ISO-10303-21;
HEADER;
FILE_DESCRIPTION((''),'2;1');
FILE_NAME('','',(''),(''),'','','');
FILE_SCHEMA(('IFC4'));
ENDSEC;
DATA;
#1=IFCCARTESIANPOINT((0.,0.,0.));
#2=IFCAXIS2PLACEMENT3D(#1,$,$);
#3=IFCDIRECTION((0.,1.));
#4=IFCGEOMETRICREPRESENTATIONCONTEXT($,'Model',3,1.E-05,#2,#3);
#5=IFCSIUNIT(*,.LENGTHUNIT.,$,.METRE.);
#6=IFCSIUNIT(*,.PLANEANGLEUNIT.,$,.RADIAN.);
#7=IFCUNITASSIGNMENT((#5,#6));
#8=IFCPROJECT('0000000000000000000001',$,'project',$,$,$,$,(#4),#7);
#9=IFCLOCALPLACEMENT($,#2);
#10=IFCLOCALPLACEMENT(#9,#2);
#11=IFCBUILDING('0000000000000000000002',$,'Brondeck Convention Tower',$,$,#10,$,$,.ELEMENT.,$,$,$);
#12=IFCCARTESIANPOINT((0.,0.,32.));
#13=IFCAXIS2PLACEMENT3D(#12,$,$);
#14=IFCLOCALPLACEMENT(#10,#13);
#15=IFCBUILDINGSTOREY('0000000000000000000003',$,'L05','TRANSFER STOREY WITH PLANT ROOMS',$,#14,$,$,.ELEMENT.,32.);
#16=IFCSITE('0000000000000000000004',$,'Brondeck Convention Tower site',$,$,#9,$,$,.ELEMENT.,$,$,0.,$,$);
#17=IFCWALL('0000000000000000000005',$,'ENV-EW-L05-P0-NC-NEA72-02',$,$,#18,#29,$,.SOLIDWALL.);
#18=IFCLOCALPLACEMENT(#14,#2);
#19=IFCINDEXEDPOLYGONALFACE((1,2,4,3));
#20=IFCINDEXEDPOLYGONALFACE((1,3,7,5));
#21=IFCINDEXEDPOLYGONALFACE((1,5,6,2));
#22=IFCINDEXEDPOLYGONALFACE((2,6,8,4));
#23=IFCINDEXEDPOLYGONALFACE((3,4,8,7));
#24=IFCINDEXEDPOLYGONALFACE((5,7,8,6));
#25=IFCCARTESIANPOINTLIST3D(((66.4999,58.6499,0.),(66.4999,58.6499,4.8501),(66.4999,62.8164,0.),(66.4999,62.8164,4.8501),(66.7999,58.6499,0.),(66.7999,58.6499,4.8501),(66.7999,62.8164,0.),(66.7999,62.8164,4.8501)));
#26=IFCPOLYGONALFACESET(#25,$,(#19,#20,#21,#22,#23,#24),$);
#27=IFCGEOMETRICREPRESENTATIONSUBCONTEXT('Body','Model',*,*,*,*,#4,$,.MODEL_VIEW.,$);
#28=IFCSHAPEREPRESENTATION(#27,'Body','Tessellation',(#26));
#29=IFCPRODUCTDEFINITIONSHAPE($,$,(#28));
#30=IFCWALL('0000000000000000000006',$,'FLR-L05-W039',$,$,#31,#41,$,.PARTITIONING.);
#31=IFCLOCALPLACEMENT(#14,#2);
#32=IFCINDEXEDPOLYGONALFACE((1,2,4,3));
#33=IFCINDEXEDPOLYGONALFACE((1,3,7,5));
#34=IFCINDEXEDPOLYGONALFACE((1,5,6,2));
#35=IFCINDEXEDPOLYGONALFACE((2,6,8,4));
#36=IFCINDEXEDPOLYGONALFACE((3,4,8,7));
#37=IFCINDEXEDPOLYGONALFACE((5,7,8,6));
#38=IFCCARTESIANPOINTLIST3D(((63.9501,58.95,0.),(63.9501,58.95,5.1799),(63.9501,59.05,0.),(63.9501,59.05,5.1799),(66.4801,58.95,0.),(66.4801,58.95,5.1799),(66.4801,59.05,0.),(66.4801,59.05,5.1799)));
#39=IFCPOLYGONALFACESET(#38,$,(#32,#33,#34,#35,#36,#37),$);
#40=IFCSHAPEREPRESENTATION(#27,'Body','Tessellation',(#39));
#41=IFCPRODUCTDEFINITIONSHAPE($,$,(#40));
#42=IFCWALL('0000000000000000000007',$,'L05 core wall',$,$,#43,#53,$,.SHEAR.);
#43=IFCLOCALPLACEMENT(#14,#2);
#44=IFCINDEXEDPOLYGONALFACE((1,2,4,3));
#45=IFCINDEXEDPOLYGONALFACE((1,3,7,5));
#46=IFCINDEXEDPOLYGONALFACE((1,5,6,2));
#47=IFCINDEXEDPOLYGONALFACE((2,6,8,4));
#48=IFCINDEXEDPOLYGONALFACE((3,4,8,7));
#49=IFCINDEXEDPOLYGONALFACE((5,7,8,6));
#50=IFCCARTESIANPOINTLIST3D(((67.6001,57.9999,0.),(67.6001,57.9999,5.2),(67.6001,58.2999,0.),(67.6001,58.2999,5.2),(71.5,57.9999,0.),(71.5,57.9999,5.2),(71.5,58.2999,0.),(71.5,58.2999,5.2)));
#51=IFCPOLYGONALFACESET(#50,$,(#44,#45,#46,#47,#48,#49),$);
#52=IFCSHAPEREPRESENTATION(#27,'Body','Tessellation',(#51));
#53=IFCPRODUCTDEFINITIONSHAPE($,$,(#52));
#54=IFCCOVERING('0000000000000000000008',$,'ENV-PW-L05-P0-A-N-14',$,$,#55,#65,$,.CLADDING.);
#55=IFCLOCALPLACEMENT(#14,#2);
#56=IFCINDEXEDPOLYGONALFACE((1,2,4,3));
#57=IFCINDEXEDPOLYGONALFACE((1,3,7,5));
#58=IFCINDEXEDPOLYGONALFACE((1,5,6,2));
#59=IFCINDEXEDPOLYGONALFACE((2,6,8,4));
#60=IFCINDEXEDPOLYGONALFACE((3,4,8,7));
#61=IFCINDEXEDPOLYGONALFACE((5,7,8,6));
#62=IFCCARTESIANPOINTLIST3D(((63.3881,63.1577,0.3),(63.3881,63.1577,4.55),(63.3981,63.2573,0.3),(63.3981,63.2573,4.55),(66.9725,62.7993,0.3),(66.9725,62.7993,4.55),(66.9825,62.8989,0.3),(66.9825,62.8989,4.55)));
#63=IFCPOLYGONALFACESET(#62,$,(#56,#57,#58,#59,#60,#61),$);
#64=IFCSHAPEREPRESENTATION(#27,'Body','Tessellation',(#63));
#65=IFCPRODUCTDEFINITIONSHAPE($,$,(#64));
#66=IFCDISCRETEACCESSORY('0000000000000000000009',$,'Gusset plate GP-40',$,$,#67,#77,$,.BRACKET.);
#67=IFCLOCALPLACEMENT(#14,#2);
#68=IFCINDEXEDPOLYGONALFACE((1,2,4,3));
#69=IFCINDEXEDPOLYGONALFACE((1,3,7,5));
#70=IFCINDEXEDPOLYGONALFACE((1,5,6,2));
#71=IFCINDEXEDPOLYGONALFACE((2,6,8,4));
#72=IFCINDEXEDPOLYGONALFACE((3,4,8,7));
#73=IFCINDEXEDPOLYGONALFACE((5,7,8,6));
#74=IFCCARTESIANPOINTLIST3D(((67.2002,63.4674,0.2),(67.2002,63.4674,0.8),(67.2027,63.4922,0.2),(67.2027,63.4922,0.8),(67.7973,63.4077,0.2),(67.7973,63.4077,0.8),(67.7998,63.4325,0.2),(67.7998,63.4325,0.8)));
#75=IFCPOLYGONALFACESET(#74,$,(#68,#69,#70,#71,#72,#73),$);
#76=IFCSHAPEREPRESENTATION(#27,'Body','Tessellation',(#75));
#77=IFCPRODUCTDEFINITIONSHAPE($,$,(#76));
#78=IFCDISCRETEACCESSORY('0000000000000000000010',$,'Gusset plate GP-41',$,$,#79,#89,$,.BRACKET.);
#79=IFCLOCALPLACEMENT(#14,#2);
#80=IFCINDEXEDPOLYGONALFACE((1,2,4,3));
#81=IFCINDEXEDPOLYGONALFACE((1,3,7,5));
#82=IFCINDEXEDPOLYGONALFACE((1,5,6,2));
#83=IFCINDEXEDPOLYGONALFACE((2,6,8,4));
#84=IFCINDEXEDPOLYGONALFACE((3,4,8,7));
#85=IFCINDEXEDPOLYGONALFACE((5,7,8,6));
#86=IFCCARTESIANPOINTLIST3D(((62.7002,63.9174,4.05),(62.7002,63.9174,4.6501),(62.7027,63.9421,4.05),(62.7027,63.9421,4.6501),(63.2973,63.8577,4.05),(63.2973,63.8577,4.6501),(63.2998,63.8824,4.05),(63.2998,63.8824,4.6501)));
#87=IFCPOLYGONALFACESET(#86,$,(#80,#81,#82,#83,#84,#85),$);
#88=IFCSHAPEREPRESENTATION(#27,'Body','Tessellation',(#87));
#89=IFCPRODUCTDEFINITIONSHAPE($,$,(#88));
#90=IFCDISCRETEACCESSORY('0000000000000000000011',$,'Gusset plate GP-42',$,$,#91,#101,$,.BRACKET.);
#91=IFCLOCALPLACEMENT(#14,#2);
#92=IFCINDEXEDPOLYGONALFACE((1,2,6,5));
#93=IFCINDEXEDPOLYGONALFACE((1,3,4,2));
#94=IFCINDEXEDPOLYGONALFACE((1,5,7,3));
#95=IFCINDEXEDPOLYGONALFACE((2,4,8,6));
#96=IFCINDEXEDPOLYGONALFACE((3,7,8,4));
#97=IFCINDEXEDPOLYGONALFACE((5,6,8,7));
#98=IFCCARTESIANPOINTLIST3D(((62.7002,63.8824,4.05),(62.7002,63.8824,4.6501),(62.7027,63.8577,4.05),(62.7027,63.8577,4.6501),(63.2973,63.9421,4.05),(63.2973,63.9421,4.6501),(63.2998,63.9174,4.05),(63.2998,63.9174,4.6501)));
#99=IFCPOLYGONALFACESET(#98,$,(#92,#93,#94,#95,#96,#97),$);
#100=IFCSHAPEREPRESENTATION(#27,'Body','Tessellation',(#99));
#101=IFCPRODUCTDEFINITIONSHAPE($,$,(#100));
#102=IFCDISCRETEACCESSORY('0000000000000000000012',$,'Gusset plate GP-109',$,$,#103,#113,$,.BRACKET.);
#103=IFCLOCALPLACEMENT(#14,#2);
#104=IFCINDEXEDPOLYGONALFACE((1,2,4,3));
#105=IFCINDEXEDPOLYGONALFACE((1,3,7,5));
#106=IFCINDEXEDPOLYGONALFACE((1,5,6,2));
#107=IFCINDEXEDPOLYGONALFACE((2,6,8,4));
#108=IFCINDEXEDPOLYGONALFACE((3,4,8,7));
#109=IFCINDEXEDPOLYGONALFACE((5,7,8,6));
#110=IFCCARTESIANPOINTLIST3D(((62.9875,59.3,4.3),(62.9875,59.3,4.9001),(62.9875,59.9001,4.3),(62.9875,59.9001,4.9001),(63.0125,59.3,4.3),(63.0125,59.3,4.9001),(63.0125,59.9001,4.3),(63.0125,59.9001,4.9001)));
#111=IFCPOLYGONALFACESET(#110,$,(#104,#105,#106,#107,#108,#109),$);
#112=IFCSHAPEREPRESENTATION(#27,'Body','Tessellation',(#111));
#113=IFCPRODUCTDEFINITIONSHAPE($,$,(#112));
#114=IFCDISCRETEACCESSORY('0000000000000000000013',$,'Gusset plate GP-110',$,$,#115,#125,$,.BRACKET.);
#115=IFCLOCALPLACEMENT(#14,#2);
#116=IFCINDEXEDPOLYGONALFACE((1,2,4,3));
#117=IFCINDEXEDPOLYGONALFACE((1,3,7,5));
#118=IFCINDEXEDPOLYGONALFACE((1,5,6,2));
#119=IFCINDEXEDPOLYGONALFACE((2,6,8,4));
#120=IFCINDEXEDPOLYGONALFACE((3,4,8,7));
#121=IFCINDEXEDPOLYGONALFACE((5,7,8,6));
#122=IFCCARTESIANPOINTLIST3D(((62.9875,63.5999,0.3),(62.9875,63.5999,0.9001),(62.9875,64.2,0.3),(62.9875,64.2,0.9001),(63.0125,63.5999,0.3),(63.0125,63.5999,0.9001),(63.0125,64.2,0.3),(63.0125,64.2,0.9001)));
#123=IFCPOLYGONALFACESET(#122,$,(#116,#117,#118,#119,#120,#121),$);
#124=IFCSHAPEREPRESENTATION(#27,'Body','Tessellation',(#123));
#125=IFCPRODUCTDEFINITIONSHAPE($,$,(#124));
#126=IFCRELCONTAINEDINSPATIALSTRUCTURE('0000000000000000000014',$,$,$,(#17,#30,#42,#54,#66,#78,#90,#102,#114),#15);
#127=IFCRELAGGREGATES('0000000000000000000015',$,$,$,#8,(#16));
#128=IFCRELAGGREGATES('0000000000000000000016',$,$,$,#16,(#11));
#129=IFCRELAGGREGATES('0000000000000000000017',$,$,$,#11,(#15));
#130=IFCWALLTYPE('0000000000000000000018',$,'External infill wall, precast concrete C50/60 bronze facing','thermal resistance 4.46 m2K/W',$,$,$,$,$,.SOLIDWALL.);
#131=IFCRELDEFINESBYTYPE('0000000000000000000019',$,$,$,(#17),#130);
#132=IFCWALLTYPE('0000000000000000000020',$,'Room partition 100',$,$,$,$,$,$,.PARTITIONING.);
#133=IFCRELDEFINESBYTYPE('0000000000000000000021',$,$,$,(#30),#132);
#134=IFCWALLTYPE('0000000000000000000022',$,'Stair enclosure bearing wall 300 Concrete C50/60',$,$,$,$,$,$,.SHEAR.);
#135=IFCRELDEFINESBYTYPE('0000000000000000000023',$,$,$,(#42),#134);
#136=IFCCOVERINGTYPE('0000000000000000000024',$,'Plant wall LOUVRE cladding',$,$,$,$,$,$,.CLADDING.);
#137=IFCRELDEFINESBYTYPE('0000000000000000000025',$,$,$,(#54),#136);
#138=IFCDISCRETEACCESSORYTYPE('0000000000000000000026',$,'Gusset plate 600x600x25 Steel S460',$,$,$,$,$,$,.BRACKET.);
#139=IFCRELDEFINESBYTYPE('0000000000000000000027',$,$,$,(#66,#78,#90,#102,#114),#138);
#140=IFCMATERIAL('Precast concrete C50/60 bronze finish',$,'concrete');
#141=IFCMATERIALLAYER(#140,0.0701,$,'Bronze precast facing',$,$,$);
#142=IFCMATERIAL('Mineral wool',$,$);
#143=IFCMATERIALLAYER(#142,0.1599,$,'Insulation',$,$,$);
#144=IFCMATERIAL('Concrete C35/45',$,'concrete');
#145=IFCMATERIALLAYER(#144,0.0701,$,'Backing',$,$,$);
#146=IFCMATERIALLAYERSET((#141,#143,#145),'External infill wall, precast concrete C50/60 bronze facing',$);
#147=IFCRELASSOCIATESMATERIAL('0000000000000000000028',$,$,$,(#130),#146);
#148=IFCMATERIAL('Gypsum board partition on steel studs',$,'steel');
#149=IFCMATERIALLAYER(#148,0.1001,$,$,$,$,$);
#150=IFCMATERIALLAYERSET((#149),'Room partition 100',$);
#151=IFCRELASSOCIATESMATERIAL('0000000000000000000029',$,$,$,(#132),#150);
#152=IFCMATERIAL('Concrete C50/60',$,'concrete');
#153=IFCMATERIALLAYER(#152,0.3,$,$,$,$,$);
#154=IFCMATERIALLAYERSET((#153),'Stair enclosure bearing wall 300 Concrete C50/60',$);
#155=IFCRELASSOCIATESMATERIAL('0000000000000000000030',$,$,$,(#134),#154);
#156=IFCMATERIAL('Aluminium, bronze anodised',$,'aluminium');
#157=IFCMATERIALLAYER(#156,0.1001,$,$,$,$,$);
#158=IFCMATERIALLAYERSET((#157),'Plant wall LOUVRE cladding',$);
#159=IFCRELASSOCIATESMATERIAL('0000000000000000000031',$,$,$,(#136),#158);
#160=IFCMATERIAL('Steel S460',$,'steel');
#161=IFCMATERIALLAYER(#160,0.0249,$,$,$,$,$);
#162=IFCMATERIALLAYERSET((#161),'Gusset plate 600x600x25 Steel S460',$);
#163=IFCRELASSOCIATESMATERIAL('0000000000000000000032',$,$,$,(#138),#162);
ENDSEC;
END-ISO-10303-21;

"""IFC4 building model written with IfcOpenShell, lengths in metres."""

from ifc_helpers import new_model, si_unit, direction, frame, frame_2d, origin, origin_2d, place, context, subcontext, project, spatial, rectangle, extrude, material, layer, layer_set, type_object, element, save


model = new_model("IFC4")

# Units and contexts
model_context = context("Model", 3, precision=1e-05, world=origin(), true_north=direction((0.0, 1.0)))
body_context = subcontext(model_context, "Body", "Model", "MODEL_VIEW")
ifc_project = project(units=[si_unit("LENGTHUNIT", "METRE"), si_unit("PLANEANGLEUNIT", "RADIAN")], contexts=[model_context])

# Site, building, storey
site_placement = place(None, origin())
site = spatial("IfcSite", under=ifc_project, at=site_placement, Name="Brondeck Convention Tower site", CompositionType="ELEMENT", RefElevation=0.0)
building_placement = place(site_placement, origin())
building = spatial("IfcBuilding", under=site, at=building_placement, Name="Brondeck Convention Tower", CompositionType="ELEMENT")
storey_placement = place(building_placement, frame((0.0, 0.0, 32.0)))
storey = spatial("IfcBuildingStorey", under=building, at=storey_placement, Name="L05", Description="TRANSFER STOREY WITH PLANT ROOMS", CompositionType="ELEMENT", Elevation=32.0)

# Shared definitions
ifc_material_1 = material(Name="Steel S460", Category="steel")

# Walls
ifc_material_2 = material(Name="Precast concrete C50/60 bronze finish", Category="concrete")
ifc_layer_1 = layer(ifc_material_2, 0.0701, Name="Bronze precast facing")
ifc_material_3 = material(Name="Mineral wool")
ifc_layer_2 = layer(ifc_material_3, 0.1599, Name="Insulation")
ifc_material_4 = material(Name="Concrete C35/45", Category="concrete")
ifc_layer_3 = layer(ifc_material_4, 0.0701, Name="Backing")
ifc_layer_set_1 = layer_set([ifc_layer_1, ifc_layer_2, ifc_layer_3], Name="External infill wall, precast concrete C50/60 bronze facing")
wall_type_1 = type_object("IfcWallType", Name="External infill wall, precast concrete C50/60 bronze facing", Description="thermal resistance 4.46 m2K/W", PredefinedType="SOLIDWALL", material=ifc_layer_set_1)
wall_1_placement = place(storey_placement, frame((66.6499, 62.8164, 0.0), z_axis=(0.0, 0.0, 1.0), x_axis=(0.0, -1.0, 0.0)))
element("IfcWall", 1, at=wall_1_placement, inside=storey, type_object=wall_type_1, Name="ENV-EW-L05-P0-NC-NEA72-02", PredefinedType="SOLIDWALL", context=body_context, shape_type="SweptSolid", body=[
    extrude(rectangle(XDim=4.1665, YDim=0.3, at=frame_2d((2.0833, 0.0))), origin(), (0.0, 0.0, 1.0), 4.8501),
])
ifc_material_5 = material(Name="Gypsum board partition on steel studs", Category="steel")
ifc_layer_4 = layer(ifc_material_5, 0.1001)
ifc_layer_set_2 = layer_set([ifc_layer_4], Name="Room partition 100")
wall_type_2 = type_object("IfcWallType", Name="Room partition 100", PredefinedType="PARTITIONING", material=ifc_layer_set_2)
wall_2_placement = place(storey_placement, frame((63.95, 59.0, 0.0), z_axis=(0.0, 0.0, 1.0), x_axis=(1.0, 0.0, 0.0)))
element("IfcWall", 2, at=wall_2_placement, inside=storey, type_object=wall_type_2, Name="FLR-L05-W039", PredefinedType="PARTITIONING", context=body_context, shape_type="SweptSolid", body=[
    extrude(rectangle(XDim=2.53, YDim=0.1001, at=frame_2d((1.2651, 0.0))), origin(), (0.0, 0.0, 1.0), 5.1799),
])
ifc_material_6 = material(Name="Concrete C50/60", Category="concrete")
ifc_layer_5 = layer(ifc_material_6, 0.3)
ifc_layer_set_3 = layer_set([ifc_layer_5], Name="Stair enclosure bearing wall 300 Concrete C50/60")
wall_type_3 = type_object("IfcWallType", Name="Stair enclosure bearing wall 300 Concrete C50/60", PredefinedType="SHEAR", material=ifc_layer_set_3)
wall_3_placement = place(storey_placement, frame((67.6001, 58.1499, 0.0), z_axis=(0.0, 0.0, 1.0), x_axis=(1.0, 0.0, 0.0)))
element("IfcWall", 3, at=wall_3_placement, inside=storey, type_object=wall_type_3, Name="L05 core wall", PredefinedType="SHEAR", context=body_context, shape_type="SweptSolid", body=[
    extrude(rectangle(XDim=3.8999, YDim=0.3, at=frame_2d((1.95, 0.0))), origin(), (0.0, 0.0, 1.0), 5.2),
])

# Covering
ifc_material_7 = material(Name="Aluminium, bronze anodised", Category="aluminium")
ifc_layer_6 = layer(ifc_material_7, 0.1001)
ifc_layer_set_4 = layer_set([ifc_layer_6], Name="Plant wall LOUVRE cladding")
covering_type = type_object("IfcCoveringType", Name="Plant wall LOUVRE cladding", PredefinedType="CLADDING", material=ifc_layer_set_4)
covering_placement = place(storey_placement, frame((65.1853, 63.0283, 0.3), z_axis=(0.0, 0.0, 1.0), x_axis=(-0.995037, 0.099504, 0.0)))
element("IfcCovering", 4, at=covering_placement, inside=storey, type_object=covering_type, Name="ENV-PW-L05-P0-A-N-14", PredefinedType="CLADDING", context=body_context, shape_type="SweptSolid", body=[
    extrude(rectangle(XDim=3.6023, YDim=0.1001, at=origin_2d()), origin(), (0.0, 0.0, 1.0), 4.25),
])

# Discrete accessories
ifc_layer_7 = layer(ifc_material_1, 0.0249)
ifc_layer_set_5 = layer_set([ifc_layer_7], Name="Gusset plate 600x600x25 Steel S460")
discrete_accessory_type = type_object("IfcDiscreteAccessoryType", Name="Gusset plate 600x600x25 Steel S460", PredefinedType="BRACKET", material=ifc_layer_set_5)
for number, where, z_axis, x_axis, name in (
    (5, (67.5, 63.45, 0.2), (0.0, 0.0, 1.0), (-0.995036, 0.099511, 0.0), "Gusset plate GP-40"),
    (6, (63.0, 63.8999, 4.05), (0.0, 0.0, 1.0), (-0.995036, 0.099511, 0.0), "Gusset plate GP-41"),
    (7, (63.0, 63.8999, 4.05), (0.0, 0.0, 1.0), (0.995036, 0.099511, 0.0), "Gusset plate GP-42"),
    (8, (63.0, 59.6001, 4.3), (0.0, 0.0, 1.0), (0.0, 1.0, 0.0), "Gusset plate GP-109"),
    (9, (63.0, 63.8999, 0.3), (0.0, 0.0, 1.0), (0.0, 1.0, 0.0), "Gusset plate GP-110"),
):
    element("IfcDiscreteAccessory", number, at=place(storey_placement, frame(where, z_axis=z_axis, x_axis=x_axis)), inside=storey, type_object=discrete_accessory_type, Name=name, PredefinedType="BRACKET", context=body_context, shape_type="SweptSolid", body=[
        extrude(rectangle(XDim=0.6001, YDim=0.0249, at=origin_2d()), origin(), (0.0, 0.0, 1.0), 0.6001),
    ])

save(model, "model.ifc")
